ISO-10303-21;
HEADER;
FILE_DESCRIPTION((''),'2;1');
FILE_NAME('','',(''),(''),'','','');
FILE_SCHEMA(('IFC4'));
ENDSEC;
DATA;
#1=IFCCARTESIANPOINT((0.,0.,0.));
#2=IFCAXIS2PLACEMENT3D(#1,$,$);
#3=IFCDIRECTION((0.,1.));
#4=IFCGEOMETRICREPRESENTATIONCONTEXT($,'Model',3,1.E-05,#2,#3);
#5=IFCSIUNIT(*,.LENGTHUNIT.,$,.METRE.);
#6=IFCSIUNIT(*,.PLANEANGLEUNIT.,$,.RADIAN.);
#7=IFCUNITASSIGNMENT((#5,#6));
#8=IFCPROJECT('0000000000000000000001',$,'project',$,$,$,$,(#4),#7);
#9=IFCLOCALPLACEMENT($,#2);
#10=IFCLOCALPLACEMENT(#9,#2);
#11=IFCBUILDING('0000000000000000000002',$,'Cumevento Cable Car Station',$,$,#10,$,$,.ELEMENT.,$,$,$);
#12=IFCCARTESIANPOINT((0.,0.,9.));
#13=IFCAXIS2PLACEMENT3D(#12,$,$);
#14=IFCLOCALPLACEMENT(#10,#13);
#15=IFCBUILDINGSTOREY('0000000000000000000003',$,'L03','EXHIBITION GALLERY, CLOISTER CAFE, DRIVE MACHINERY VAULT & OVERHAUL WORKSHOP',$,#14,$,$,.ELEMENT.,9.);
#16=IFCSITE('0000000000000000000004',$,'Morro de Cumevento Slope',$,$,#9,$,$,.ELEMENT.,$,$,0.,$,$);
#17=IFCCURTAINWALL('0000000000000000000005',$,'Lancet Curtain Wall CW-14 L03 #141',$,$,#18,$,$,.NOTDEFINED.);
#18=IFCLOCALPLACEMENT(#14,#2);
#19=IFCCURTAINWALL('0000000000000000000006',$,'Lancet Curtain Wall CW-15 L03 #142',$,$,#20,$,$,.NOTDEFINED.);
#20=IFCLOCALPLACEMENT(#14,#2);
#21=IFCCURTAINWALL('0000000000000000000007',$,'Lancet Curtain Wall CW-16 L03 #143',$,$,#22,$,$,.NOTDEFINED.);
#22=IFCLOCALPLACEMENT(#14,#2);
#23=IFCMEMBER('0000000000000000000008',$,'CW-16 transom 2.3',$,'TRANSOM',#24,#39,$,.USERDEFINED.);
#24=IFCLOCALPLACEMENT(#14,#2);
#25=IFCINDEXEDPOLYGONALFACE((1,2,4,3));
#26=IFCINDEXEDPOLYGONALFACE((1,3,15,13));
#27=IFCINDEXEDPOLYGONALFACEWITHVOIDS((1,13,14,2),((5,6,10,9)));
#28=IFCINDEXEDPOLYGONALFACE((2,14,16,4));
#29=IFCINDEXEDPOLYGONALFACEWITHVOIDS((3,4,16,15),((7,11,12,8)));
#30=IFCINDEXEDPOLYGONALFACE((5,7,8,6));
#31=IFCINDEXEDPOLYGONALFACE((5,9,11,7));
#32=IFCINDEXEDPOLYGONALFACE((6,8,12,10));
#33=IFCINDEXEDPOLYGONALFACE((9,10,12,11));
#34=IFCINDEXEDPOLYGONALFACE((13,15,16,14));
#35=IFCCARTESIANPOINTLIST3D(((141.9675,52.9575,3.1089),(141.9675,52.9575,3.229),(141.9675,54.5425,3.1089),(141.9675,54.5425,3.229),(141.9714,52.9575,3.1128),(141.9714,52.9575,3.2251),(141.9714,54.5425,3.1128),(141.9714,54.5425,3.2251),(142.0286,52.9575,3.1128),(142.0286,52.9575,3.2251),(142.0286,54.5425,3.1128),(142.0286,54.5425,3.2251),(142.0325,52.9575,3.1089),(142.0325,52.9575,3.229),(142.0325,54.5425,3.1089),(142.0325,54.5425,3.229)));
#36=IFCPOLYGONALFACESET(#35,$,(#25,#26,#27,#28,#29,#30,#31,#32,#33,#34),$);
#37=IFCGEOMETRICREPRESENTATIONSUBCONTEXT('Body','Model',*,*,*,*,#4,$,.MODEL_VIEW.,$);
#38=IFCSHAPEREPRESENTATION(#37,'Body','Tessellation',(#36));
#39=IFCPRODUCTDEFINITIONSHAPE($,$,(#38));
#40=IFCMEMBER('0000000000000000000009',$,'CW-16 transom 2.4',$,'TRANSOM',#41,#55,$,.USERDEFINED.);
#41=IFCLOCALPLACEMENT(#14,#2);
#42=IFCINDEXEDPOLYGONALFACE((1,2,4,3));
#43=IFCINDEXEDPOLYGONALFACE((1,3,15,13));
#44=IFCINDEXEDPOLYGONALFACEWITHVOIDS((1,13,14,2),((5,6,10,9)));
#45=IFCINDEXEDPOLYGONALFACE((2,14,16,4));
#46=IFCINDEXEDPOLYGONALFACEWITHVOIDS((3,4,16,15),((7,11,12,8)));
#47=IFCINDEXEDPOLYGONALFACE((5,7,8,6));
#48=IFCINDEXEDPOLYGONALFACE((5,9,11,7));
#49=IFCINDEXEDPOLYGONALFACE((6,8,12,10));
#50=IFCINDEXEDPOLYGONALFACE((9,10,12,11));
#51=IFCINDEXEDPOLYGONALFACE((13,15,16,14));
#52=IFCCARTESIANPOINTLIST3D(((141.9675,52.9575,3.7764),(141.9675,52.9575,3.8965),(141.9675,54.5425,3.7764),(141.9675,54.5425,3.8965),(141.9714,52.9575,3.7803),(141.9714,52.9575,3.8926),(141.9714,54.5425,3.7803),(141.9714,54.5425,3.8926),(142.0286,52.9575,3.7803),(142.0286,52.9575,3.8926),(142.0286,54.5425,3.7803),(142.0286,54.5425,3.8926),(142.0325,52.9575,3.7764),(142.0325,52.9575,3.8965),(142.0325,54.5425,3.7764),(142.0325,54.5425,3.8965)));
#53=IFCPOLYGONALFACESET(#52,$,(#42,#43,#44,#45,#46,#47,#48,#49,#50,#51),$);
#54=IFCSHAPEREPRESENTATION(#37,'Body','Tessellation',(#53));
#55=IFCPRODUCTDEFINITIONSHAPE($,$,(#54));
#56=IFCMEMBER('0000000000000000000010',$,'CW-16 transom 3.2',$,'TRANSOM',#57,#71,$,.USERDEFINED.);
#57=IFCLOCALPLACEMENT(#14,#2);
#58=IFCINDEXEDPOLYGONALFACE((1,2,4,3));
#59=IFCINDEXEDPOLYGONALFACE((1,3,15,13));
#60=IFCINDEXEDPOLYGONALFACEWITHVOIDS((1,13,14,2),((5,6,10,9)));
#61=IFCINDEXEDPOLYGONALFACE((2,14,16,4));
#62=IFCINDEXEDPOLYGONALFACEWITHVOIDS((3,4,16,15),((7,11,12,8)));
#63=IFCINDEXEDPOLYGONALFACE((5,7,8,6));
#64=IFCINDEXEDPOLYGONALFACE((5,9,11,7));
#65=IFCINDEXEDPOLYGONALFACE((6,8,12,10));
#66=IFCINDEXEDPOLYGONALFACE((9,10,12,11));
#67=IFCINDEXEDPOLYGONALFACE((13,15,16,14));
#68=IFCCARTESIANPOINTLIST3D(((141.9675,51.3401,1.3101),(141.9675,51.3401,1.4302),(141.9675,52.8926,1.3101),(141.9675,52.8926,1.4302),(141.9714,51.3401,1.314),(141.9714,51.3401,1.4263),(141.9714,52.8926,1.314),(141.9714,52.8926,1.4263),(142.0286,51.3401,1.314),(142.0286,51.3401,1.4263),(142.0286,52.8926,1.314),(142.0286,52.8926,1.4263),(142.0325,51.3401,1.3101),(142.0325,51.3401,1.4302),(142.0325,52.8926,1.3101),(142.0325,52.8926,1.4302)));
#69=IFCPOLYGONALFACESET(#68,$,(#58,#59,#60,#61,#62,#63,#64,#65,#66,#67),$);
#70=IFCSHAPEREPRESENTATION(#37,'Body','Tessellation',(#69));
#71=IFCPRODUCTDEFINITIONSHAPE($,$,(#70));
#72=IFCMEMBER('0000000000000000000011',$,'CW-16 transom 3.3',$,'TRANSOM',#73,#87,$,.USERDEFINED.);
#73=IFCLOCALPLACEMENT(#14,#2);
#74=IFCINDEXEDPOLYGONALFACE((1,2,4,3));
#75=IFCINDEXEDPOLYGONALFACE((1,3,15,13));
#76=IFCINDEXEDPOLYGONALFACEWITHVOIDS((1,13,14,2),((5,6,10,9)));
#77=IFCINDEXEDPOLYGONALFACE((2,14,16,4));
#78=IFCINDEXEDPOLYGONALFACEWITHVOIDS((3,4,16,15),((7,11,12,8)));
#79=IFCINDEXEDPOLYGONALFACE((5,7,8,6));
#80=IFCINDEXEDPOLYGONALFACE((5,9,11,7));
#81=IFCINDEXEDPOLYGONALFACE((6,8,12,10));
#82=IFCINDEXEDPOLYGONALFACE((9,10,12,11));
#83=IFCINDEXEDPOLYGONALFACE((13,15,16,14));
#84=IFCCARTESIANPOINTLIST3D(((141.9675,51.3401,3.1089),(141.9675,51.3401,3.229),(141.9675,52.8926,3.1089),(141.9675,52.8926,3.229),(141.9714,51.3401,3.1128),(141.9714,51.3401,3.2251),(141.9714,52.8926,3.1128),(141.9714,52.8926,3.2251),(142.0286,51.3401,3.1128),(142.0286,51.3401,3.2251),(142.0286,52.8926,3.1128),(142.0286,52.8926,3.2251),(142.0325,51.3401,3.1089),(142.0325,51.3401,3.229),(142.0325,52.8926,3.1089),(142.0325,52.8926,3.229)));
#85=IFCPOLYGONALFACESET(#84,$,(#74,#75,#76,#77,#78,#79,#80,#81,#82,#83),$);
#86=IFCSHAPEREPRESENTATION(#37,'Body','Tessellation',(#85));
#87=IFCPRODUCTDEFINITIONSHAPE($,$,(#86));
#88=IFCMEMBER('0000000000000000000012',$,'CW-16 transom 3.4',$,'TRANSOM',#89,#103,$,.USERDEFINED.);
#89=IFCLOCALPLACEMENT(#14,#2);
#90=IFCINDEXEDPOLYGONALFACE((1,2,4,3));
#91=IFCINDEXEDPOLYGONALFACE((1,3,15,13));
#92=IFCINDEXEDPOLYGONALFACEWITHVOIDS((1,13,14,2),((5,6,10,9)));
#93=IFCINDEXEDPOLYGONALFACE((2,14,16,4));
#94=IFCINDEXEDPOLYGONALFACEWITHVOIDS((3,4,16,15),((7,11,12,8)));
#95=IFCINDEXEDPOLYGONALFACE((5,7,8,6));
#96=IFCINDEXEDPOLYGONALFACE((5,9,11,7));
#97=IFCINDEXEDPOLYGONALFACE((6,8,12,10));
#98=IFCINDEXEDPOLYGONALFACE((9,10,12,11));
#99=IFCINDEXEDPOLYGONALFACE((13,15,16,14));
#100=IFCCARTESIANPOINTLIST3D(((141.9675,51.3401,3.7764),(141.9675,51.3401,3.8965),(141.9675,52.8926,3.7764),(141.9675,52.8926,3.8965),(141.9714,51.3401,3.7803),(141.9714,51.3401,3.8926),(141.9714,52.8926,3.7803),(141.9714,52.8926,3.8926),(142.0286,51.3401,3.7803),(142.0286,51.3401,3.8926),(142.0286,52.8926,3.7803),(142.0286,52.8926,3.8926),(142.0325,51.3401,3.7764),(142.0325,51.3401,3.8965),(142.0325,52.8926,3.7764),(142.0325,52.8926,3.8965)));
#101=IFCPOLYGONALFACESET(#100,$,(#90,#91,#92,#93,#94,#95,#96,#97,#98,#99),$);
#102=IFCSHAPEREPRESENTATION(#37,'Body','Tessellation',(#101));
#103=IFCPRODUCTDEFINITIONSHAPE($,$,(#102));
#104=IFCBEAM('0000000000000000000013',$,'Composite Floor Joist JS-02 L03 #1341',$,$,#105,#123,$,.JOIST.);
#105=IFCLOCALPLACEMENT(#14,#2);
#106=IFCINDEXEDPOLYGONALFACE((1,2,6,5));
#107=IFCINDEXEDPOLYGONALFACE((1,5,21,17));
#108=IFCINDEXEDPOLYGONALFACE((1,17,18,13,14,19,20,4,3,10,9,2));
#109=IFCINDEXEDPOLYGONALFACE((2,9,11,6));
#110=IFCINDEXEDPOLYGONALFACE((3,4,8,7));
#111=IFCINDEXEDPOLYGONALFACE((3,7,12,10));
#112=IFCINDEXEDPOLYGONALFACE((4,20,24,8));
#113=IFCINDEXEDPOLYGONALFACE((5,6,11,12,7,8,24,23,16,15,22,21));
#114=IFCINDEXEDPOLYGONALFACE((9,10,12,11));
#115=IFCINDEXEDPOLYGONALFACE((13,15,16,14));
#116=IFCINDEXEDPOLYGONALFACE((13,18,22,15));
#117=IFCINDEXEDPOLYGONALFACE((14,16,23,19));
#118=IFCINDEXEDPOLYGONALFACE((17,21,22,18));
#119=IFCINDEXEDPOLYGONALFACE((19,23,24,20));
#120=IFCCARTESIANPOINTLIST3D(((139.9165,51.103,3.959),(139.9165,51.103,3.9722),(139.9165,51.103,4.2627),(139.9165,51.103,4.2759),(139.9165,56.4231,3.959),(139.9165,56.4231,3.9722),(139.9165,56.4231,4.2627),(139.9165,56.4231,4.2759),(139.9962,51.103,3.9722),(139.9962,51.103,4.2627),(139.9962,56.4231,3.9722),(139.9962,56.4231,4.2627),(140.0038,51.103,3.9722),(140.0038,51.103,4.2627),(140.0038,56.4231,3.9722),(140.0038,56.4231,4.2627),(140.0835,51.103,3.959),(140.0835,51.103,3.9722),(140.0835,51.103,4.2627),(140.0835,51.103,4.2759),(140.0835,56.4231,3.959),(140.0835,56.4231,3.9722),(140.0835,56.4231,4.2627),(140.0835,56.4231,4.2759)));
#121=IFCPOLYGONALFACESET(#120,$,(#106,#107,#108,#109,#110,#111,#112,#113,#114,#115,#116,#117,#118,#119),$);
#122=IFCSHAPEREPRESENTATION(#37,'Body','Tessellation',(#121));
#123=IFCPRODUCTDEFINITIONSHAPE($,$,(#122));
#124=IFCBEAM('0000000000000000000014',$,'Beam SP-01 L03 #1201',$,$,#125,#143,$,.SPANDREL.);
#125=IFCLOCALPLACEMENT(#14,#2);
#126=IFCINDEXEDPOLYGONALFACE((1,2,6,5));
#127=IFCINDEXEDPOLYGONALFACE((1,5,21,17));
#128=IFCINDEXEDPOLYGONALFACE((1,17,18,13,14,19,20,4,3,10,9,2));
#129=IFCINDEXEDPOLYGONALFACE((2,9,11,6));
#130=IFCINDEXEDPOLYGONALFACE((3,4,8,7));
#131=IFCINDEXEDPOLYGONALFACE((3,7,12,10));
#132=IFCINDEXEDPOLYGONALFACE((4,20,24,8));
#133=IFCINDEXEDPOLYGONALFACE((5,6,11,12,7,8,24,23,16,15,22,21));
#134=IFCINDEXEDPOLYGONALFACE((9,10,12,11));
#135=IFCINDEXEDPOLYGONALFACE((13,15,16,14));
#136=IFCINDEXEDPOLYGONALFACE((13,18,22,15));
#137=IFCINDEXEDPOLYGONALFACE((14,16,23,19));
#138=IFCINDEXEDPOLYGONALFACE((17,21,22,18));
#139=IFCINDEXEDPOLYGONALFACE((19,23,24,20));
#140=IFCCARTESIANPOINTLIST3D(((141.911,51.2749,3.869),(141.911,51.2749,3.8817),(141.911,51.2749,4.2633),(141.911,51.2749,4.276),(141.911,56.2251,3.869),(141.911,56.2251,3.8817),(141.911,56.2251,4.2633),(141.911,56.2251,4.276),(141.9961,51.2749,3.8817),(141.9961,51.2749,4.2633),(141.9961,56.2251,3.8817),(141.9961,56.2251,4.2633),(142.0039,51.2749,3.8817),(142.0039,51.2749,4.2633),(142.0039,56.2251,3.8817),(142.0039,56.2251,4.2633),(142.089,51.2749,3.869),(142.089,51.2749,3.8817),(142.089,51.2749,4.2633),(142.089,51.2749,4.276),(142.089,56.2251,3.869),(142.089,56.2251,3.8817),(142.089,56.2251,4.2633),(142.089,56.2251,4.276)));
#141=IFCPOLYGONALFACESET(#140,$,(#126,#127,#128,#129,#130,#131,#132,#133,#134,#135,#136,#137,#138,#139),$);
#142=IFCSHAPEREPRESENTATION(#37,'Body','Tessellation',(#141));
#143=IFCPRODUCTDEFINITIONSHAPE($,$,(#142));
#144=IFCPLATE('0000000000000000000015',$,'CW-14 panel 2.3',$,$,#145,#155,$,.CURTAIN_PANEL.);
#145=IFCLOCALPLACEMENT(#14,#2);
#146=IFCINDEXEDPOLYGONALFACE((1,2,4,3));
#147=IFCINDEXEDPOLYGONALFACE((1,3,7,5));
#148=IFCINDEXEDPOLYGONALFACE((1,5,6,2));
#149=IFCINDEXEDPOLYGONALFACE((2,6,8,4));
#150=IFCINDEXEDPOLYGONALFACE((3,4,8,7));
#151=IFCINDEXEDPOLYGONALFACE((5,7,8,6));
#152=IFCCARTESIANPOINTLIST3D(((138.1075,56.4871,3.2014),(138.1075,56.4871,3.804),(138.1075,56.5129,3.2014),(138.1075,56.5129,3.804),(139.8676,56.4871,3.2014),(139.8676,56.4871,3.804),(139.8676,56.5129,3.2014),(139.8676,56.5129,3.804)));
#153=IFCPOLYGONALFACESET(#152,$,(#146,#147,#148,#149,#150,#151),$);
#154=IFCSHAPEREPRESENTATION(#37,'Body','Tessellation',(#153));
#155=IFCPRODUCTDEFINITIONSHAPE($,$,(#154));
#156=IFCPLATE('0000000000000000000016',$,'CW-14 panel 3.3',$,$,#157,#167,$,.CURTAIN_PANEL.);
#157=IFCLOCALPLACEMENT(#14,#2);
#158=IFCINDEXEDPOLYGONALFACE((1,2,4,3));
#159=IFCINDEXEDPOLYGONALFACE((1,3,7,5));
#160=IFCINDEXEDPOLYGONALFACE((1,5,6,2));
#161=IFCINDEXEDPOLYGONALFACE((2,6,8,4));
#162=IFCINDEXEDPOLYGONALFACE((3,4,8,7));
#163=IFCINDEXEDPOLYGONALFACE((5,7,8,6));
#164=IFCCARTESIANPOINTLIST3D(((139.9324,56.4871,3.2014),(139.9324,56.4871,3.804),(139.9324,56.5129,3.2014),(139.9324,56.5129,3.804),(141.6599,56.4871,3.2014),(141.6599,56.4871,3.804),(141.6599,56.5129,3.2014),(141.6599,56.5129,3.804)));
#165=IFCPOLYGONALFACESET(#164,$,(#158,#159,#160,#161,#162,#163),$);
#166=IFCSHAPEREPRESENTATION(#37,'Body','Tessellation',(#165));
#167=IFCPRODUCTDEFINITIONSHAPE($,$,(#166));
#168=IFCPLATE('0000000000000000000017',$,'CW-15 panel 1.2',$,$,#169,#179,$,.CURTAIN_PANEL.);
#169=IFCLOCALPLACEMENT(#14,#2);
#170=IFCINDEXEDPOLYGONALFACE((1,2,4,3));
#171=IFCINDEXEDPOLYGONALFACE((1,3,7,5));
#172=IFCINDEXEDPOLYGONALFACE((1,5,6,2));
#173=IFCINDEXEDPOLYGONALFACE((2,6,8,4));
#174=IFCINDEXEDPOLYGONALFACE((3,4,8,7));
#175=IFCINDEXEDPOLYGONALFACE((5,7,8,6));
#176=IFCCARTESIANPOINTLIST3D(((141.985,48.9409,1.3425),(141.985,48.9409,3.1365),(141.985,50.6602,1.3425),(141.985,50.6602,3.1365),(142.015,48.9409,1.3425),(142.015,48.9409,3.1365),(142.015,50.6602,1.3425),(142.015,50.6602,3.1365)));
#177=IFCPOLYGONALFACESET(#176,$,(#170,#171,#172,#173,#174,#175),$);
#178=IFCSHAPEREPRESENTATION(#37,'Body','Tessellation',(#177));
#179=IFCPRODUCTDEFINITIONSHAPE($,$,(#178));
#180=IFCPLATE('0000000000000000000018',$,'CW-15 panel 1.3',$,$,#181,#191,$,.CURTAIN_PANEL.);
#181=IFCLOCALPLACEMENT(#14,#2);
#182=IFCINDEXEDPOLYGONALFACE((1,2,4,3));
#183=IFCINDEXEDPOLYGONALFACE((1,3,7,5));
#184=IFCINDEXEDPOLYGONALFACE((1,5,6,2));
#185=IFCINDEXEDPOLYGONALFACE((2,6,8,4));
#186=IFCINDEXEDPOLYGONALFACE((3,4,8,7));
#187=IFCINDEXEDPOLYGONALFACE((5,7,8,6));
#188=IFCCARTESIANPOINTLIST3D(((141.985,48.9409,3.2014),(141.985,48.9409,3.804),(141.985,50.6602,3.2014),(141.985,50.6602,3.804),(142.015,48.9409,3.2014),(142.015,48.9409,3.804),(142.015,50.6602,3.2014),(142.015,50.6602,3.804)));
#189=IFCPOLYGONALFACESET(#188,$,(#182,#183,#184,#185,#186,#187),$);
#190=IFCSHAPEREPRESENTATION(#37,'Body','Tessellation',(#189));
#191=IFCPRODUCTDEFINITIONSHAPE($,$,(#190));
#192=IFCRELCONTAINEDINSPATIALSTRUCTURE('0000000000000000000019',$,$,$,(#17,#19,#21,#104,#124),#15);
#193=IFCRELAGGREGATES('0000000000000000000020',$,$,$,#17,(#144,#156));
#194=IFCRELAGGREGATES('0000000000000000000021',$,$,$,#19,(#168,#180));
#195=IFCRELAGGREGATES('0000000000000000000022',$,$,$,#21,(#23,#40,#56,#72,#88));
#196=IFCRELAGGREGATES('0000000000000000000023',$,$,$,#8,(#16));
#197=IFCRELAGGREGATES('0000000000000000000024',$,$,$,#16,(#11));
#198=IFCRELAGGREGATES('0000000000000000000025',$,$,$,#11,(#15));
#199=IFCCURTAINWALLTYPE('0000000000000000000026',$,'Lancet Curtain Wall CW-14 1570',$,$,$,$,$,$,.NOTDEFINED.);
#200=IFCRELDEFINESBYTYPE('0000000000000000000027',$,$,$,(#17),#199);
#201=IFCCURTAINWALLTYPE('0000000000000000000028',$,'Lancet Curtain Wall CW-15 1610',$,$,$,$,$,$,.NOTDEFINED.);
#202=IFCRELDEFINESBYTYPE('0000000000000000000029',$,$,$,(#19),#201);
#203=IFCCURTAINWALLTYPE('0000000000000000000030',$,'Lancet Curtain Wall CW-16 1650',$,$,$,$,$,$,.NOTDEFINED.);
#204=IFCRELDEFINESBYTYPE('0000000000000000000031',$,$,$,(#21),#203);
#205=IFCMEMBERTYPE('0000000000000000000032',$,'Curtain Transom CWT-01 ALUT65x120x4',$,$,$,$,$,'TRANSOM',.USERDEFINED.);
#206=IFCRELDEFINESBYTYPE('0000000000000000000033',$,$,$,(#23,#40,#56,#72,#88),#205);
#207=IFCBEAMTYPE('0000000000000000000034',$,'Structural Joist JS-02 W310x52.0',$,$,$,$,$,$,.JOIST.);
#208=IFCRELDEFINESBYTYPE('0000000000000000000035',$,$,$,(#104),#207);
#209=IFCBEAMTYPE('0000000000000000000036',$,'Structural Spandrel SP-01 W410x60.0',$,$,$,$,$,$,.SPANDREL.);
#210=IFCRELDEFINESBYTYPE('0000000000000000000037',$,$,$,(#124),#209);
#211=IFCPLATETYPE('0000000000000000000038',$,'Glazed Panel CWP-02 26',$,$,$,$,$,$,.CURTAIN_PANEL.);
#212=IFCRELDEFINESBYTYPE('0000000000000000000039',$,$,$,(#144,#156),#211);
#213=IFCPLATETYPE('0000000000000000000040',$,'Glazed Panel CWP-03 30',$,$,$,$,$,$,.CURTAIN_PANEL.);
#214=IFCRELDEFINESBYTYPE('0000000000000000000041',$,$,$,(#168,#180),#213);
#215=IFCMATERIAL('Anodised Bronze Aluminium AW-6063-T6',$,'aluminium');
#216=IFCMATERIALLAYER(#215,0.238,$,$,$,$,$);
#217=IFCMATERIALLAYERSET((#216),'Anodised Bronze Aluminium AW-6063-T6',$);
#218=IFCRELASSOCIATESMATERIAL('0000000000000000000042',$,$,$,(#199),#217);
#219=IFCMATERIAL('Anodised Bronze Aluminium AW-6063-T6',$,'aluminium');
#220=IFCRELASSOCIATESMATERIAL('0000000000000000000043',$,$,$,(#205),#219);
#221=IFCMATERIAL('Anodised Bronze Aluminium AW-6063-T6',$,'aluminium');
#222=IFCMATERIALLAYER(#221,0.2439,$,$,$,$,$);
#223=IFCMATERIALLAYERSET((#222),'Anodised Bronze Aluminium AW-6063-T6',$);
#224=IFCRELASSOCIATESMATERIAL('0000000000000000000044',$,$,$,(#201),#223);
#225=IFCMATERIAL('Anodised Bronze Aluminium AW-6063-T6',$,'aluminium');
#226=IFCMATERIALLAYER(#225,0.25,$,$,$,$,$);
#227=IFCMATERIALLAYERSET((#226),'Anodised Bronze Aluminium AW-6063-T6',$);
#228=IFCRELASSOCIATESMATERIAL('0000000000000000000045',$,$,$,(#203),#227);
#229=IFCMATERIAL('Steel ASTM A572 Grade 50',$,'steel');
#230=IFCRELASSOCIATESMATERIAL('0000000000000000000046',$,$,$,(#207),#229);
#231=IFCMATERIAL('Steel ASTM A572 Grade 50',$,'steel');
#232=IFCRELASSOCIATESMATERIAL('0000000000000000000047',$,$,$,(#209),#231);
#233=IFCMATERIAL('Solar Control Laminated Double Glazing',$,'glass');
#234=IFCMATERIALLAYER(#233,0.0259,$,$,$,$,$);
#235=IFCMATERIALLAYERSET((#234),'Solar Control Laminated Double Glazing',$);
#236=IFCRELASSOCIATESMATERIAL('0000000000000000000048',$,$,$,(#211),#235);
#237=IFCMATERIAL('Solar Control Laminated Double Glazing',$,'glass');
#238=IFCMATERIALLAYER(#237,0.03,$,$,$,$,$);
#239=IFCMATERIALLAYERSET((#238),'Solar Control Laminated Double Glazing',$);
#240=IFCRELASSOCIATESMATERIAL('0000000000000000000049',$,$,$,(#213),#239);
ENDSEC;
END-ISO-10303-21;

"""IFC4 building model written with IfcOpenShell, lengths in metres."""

from ifc_helpers import new_model, si_unit, direction, frame, origin, origin_2d, place, context, subcontext, project, spatial, rectangle, hollow_rectangle, i_section, extrude, material, layer, layer_set, material_profile, profile_set, type_object, element, aggregate, save


model = new_model("IFC4")

# Units and contexts
model_context = context("Model", 3, precision=1e-05, world=origin(), true_north=direction((0.0, 1.0)))
body_context = subcontext(model_context, "Body", "Model", "MODEL_VIEW")
ifc_project = project(units=[si_unit("LENGTHUNIT", "METRE"), si_unit("PLANEANGLEUNIT", "RADIAN")], contexts=[model_context])

# Site, building, storey
site_placement = place(None, origin())
site = spatial("IfcSite", under=ifc_project, at=site_placement, Name="Morro de Cumevento Slope", CompositionType="ELEMENT", RefElevation=0.0)
building_placement = place(site_placement, origin())
building = spatial("IfcBuilding", under=site, at=building_placement, Name="Cumevento Cable Car Station", CompositionType="ELEMENT")
storey_placement = place(building_placement, frame((0.0, 0.0, 9.0)))
storey = spatial("IfcBuildingStorey", under=building, at=storey_placement, Name="L03", Description="EXHIBITION GALLERY, CLOISTER CAFE, DRIVE MACHINERY VAULT & OVERHAUL WORKSHOP", CompositionType="ELEMENT", Elevation=9.0)

# Curtain walls, members
ifc_material_1 = material(Name="Anodised Bronze Aluminium AW-6063-T6", Category="aluminium")
ifc_layer_1 = layer(ifc_material_1, 0.238)
ifc_layer_set_1 = layer_set([ifc_layer_1], Name="Anodised Bronze Aluminium AW-6063-T6")
curtain_wall_type_1 = type_object("IfcCurtainWallType", Name="Lancet Curtain Wall CW-14 1570", PredefinedType="NOTDEFINED", material=ifc_layer_set_1)
curtain_wall_1_placement = place(storey_placement, origin())
curtain_wall_1 = element("IfcCurtainWall", 1, at=curtain_wall_1_placement, inside=storey, type_object=curtain_wall_type_1, Name="Lancet Curtain Wall CW-14 L03 #141", PredefinedType="NOTDEFINED")
ifc_material_2 = material(Name="Anodised Bronze Aluminium AW-6063-T6", Category="aluminium")
ifc_material_profile_1 = material_profile(ifc_material_2, hollow_rectangle(XDim=0.0649, YDim=0.1201, WallThickness=0.0039, at=origin_2d()), Name="ALUT65x120x4")
ifc_profile_set_1 = profile_set([ifc_material_profile_1], Name="Anodised Bronze Aluminium AW-6063-T6")
member_type = type_object("IfcMemberType", Name="Curtain Transom CWT-01 ALUT65x120x4", ElementType="TRANSOM", PredefinedType="USERDEFINED", material=ifc_profile_set_1)
ifc_material_3 = material(Name="Anodised Bronze Aluminium AW-6063-T6", Category="aluminium")
ifc_layer_2 = layer(ifc_material_3, 0.2439)
ifc_layer_set_2 = layer_set([ifc_layer_2], Name="Anodised Bronze Aluminium AW-6063-T6")
curtain_wall_type_2 = type_object("IfcCurtainWallType", Name="Lancet Curtain Wall CW-15 1610", PredefinedType="NOTDEFINED", material=ifc_layer_set_2)
curtain_wall_2_placement = place(storey_placement, origin())
curtain_wall_2 = element("IfcCurtainWall", 2, at=curtain_wall_2_placement, inside=storey, type_object=curtain_wall_type_2, Name="Lancet Curtain Wall CW-15 L03 #142", PredefinedType="NOTDEFINED")
ifc_material_4 = material(Name="Anodised Bronze Aluminium AW-6063-T6", Category="aluminium")
ifc_layer_3 = layer(ifc_material_4, 0.25)
ifc_layer_set_3 = layer_set([ifc_layer_3], Name="Anodised Bronze Aluminium AW-6063-T6")
curtain_wall_type_3 = type_object("IfcCurtainWallType", Name="Lancet Curtain Wall CW-16 1650", PredefinedType="NOTDEFINED", material=ifc_layer_set_3)
curtain_wall_3_placement = place(storey_placement, origin())
curtain_wall_3 = element("IfcCurtainWall", 3, at=curtain_wall_3_placement, inside=storey, type_object=curtain_wall_type_3, Name="Lancet Curtain Wall CW-16 L03 #143", PredefinedType="NOTDEFINED")
member_1_placement = place(storey_placement, frame((142.0, 54.5425, 3.1689), z_axis=(0.0, -1.0, 0.0), x_axis=(1.0, 0.0, 0.0)))
member_1 = element("IfcMember", 4, at=member_1_placement, type_object=member_type, Name="CW-16 transom 2.3", ObjectType="TRANSOM", PredefinedType="USERDEFINED", context=body_context, shape_type="SweptSolid", body=[
    extrude(hollow_rectangle(XDim=0.0649, YDim=0.1201, WallThickness=0.0039, at=origin_2d()), origin(), (0.0, 0.0, 1.0), 1.585),
])
member_2_placement = place(storey_placement, frame((142.0, 54.5425, 3.8364), z_axis=(0.0, -1.0, 0.0), x_axis=(1.0, 0.0, 0.0)))
member_2 = element("IfcMember", 5, at=member_2_placement, type_object=member_type, Name="CW-16 transom 2.4", ObjectType="TRANSOM", PredefinedType="USERDEFINED", context=body_context, shape_type="SweptSolid", body=[
    extrude(hollow_rectangle(XDim=0.0649, YDim=0.1201, WallThickness=0.0039, at=origin_2d()), origin(), (0.0, 0.0, 1.0), 1.585),
])
member_3_placement = place(storey_placement, frame((142.0, 52.8926, 1.3701), z_axis=(0.0, -1.0, 0.0), x_axis=(1.0, 0.0, 0.0)))
member_3 = element("IfcMember", 6, at=member_3_placement, type_object=member_type, Name="CW-16 transom 3.2", ObjectType="TRANSOM", PredefinedType="USERDEFINED", context=body_context, shape_type="SweptSolid", body=[
    extrude(hollow_rectangle(XDim=0.0649, YDim=0.1201, WallThickness=0.0039, at=origin_2d()), origin(), (0.0, 0.0, 1.0), 1.5525),
])
member_4_placement = place(storey_placement, frame((142.0, 52.8926, 3.1689), z_axis=(0.0, -1.0, 0.0), x_axis=(1.0, 0.0, 0.0)))
member_4 = element("IfcMember", 7, at=member_4_placement, type_object=member_type, Name="CW-16 transom 3.3", ObjectType="TRANSOM", PredefinedType="USERDEFINED", context=body_context, shape_type="SweptSolid", body=[
    extrude(hollow_rectangle(XDim=0.0649, YDim=0.1201, WallThickness=0.0039, at=origin_2d()), origin(), (0.0, 0.0, 1.0), 1.5525),
])
member_5_placement = place(storey_placement, frame((142.0, 52.8926, 3.8364), z_axis=(0.0, -1.0, 0.0), x_axis=(1.0, 0.0, 0.0)))
member_5 = element("IfcMember", 8, at=member_5_placement, type_object=member_type, Name="CW-16 transom 3.4", ObjectType="TRANSOM", PredefinedType="USERDEFINED", context=body_context, shape_type="SweptSolid", body=[
    extrude(hollow_rectangle(XDim=0.0649, YDim=0.1201, WallThickness=0.0039, at=origin_2d()), origin(), (0.0, 0.0, 1.0), 1.5525),
])

# Beams
ifc_material_5 = material(Name="Steel ASTM A572 Grade 50", Category="steel")
ifc_material_profile_2 = material_profile(ifc_material_5, i_section(OverallWidth=0.167, OverallDepth=0.3169, WebThickness=0.0076, FlangeThickness=0.0132, at=origin_2d()), Name="W310x52.0")
ifc_profile_set_2 = profile_set([ifc_material_profile_2], Name="Steel ASTM A572 Grade 50")
beam_type_1 = type_object("IfcBeamType", Name="Structural Joist JS-02 W310x52.0", PredefinedType="JOIST", material=ifc_profile_set_2)
beam_1_placement = place(storey_placement, frame((140.0, 51.103, 4.1174), z_axis=(0.0, 1.0, 0.0), x_axis=(-1.0, 0.0, 0.0)))
element("IfcBeam", 9, at=beam_1_placement, inside=storey, type_object=beam_type_1, Name="Composite Floor Joist JS-02 L03 #1341", PredefinedType="JOIST", context=body_context, shape_type="SweptSolid", body=[
    extrude(i_section(OverallWidth=0.167, OverallDepth=0.3169, WebThickness=0.0076, FlangeThickness=0.0132, at=origin_2d()), origin(), (0.0, 0.0, 1.0), 5.3201),
])
ifc_material_6 = material(Name="Steel ASTM A572 Grade 50", Category="steel")
ifc_material_profile_3 = material_profile(ifc_material_6, i_section(OverallWidth=0.178, OverallDepth=0.407, WebThickness=0.0078, FlangeThickness=0.0127, at=origin_2d()), Name="W410x60.0")
ifc_profile_set_3 = profile_set([ifc_material_profile_3], Name="Steel ASTM A572 Grade 50")
beam_type_2 = type_object("IfcBeamType", Name="Structural Spandrel SP-01 W410x60.0", PredefinedType="SPANDREL", material=ifc_profile_set_3)
beam_2_placement = place(storey_placement, frame((142.0, 51.2749, 4.0725), z_axis=(0.0, 1.0, 0.0), x_axis=(-1.0, 0.0, 0.0)))
element("IfcBeam", 10, at=beam_2_placement, inside=storey, type_object=beam_type_2, Name="Beam SP-01 L03 #1201", PredefinedType="SPANDREL", context=body_context, shape_type="SweptSolid", body=[
    extrude(i_section(OverallWidth=0.178, OverallDepth=0.407, WebThickness=0.0078, FlangeThickness=0.0127, at=origin_2d()), origin(), (0.0, 0.0, 1.0), 4.9502),
])

# Plates
ifc_material_7 = material(Name="Solar Control Laminated Double Glazing", Category="glass")
ifc_layer_4 = layer(ifc_material_7, 0.0259)
ifc_layer_set_4 = layer_set([ifc_layer_4], Name="Solar Control Laminated Double Glazing")
plate_type_1 = type_object("IfcPlateType", Name="Glazed Panel CWP-02 26", PredefinedType="CURTAIN_PANEL", material=ifc_layer_set_4)
plate_1_placement = place(storey_placement, frame((138.9875, 56.5, 3.2014), z_axis=(0.0, 0.0, 1.0), x_axis=(1.0, 0.0, 0.0)))
plate_1 = element("IfcPlate", 11, at=plate_1_placement, type_object=plate_type_1, Name="CW-14 panel 2.3", PredefinedType="CURTAIN_PANEL", context=body_context, shape_type="SweptSolid", body=[
    extrude(rectangle(XDim=1.76, YDim=0.0259, at=origin_2d()), origin(), (0.0, 0.0, 1.0), 0.6025),
])
plate_2_placement = place(storey_placement, frame((140.7961, 56.5, 3.2014), z_axis=(0.0, 0.0, 1.0), x_axis=(1.0, 0.0, 0.0)))
plate_2 = element("IfcPlate", 12, at=plate_2_placement, type_object=plate_type_1, Name="CW-14 panel 3.3", PredefinedType="CURTAIN_PANEL", context=body_context, shape_type="SweptSolid", body=[
    extrude(rectangle(XDim=1.7275, YDim=0.0259, at=origin_2d()), origin(), (0.0, 0.0, 1.0), 0.6025),
])
aggregate(curtain_wall_1, [plate_1, plate_2])
ifc_material_8 = material(Name="Solar Control Laminated Double Glazing", Category="glass")
ifc_layer_5 = layer(ifc_material_8, 0.03)
ifc_layer_set_5 = layer_set([ifc_layer_5], Name="Solar Control Laminated Double Glazing")
plate_type_2 = type_object("IfcPlateType", Name="Glazed Panel CWP-03 30", PredefinedType="CURTAIN_PANEL", material=ifc_layer_set_5)
plate_3_placement = place(storey_placement, frame((142.0, 49.8005, 1.3425), z_axis=(0.0, 0.0, 1.0), x_axis=(0.0, -1.0, 0.0)))
plate_3 = element("IfcPlate", 13, at=plate_3_placement, type_object=plate_type_2, Name="CW-15 panel 1.2", PredefinedType="CURTAIN_PANEL", context=body_context, shape_type="SweptSolid", body=[
    extrude(rectangle(XDim=1.7192, YDim=0.03, at=origin_2d()), origin(), (0.0, 0.0, 1.0), 1.7939),
])
plate_4_placement = place(storey_placement, frame((142.0, 49.8005, 3.2014), z_axis=(0.0, 0.0, 1.0), x_axis=(0.0, -1.0, 0.0)))
plate_4 = element("IfcPlate", 14, at=plate_4_placement, type_object=plate_type_2, Name="CW-15 panel 1.3", PredefinedType="CURTAIN_PANEL", context=body_context, shape_type="SweptSolid", body=[
    extrude(rectangle(XDim=1.7192, YDim=0.03, at=origin_2d()), origin(), (0.0, 0.0, 1.0), 0.6025),
])
aggregate(curtain_wall_2, [plate_3, plate_4])
aggregate(curtain_wall_3, [member_1, member_2, member_3, member_4, member_5])

save(model, "model.ifc")
